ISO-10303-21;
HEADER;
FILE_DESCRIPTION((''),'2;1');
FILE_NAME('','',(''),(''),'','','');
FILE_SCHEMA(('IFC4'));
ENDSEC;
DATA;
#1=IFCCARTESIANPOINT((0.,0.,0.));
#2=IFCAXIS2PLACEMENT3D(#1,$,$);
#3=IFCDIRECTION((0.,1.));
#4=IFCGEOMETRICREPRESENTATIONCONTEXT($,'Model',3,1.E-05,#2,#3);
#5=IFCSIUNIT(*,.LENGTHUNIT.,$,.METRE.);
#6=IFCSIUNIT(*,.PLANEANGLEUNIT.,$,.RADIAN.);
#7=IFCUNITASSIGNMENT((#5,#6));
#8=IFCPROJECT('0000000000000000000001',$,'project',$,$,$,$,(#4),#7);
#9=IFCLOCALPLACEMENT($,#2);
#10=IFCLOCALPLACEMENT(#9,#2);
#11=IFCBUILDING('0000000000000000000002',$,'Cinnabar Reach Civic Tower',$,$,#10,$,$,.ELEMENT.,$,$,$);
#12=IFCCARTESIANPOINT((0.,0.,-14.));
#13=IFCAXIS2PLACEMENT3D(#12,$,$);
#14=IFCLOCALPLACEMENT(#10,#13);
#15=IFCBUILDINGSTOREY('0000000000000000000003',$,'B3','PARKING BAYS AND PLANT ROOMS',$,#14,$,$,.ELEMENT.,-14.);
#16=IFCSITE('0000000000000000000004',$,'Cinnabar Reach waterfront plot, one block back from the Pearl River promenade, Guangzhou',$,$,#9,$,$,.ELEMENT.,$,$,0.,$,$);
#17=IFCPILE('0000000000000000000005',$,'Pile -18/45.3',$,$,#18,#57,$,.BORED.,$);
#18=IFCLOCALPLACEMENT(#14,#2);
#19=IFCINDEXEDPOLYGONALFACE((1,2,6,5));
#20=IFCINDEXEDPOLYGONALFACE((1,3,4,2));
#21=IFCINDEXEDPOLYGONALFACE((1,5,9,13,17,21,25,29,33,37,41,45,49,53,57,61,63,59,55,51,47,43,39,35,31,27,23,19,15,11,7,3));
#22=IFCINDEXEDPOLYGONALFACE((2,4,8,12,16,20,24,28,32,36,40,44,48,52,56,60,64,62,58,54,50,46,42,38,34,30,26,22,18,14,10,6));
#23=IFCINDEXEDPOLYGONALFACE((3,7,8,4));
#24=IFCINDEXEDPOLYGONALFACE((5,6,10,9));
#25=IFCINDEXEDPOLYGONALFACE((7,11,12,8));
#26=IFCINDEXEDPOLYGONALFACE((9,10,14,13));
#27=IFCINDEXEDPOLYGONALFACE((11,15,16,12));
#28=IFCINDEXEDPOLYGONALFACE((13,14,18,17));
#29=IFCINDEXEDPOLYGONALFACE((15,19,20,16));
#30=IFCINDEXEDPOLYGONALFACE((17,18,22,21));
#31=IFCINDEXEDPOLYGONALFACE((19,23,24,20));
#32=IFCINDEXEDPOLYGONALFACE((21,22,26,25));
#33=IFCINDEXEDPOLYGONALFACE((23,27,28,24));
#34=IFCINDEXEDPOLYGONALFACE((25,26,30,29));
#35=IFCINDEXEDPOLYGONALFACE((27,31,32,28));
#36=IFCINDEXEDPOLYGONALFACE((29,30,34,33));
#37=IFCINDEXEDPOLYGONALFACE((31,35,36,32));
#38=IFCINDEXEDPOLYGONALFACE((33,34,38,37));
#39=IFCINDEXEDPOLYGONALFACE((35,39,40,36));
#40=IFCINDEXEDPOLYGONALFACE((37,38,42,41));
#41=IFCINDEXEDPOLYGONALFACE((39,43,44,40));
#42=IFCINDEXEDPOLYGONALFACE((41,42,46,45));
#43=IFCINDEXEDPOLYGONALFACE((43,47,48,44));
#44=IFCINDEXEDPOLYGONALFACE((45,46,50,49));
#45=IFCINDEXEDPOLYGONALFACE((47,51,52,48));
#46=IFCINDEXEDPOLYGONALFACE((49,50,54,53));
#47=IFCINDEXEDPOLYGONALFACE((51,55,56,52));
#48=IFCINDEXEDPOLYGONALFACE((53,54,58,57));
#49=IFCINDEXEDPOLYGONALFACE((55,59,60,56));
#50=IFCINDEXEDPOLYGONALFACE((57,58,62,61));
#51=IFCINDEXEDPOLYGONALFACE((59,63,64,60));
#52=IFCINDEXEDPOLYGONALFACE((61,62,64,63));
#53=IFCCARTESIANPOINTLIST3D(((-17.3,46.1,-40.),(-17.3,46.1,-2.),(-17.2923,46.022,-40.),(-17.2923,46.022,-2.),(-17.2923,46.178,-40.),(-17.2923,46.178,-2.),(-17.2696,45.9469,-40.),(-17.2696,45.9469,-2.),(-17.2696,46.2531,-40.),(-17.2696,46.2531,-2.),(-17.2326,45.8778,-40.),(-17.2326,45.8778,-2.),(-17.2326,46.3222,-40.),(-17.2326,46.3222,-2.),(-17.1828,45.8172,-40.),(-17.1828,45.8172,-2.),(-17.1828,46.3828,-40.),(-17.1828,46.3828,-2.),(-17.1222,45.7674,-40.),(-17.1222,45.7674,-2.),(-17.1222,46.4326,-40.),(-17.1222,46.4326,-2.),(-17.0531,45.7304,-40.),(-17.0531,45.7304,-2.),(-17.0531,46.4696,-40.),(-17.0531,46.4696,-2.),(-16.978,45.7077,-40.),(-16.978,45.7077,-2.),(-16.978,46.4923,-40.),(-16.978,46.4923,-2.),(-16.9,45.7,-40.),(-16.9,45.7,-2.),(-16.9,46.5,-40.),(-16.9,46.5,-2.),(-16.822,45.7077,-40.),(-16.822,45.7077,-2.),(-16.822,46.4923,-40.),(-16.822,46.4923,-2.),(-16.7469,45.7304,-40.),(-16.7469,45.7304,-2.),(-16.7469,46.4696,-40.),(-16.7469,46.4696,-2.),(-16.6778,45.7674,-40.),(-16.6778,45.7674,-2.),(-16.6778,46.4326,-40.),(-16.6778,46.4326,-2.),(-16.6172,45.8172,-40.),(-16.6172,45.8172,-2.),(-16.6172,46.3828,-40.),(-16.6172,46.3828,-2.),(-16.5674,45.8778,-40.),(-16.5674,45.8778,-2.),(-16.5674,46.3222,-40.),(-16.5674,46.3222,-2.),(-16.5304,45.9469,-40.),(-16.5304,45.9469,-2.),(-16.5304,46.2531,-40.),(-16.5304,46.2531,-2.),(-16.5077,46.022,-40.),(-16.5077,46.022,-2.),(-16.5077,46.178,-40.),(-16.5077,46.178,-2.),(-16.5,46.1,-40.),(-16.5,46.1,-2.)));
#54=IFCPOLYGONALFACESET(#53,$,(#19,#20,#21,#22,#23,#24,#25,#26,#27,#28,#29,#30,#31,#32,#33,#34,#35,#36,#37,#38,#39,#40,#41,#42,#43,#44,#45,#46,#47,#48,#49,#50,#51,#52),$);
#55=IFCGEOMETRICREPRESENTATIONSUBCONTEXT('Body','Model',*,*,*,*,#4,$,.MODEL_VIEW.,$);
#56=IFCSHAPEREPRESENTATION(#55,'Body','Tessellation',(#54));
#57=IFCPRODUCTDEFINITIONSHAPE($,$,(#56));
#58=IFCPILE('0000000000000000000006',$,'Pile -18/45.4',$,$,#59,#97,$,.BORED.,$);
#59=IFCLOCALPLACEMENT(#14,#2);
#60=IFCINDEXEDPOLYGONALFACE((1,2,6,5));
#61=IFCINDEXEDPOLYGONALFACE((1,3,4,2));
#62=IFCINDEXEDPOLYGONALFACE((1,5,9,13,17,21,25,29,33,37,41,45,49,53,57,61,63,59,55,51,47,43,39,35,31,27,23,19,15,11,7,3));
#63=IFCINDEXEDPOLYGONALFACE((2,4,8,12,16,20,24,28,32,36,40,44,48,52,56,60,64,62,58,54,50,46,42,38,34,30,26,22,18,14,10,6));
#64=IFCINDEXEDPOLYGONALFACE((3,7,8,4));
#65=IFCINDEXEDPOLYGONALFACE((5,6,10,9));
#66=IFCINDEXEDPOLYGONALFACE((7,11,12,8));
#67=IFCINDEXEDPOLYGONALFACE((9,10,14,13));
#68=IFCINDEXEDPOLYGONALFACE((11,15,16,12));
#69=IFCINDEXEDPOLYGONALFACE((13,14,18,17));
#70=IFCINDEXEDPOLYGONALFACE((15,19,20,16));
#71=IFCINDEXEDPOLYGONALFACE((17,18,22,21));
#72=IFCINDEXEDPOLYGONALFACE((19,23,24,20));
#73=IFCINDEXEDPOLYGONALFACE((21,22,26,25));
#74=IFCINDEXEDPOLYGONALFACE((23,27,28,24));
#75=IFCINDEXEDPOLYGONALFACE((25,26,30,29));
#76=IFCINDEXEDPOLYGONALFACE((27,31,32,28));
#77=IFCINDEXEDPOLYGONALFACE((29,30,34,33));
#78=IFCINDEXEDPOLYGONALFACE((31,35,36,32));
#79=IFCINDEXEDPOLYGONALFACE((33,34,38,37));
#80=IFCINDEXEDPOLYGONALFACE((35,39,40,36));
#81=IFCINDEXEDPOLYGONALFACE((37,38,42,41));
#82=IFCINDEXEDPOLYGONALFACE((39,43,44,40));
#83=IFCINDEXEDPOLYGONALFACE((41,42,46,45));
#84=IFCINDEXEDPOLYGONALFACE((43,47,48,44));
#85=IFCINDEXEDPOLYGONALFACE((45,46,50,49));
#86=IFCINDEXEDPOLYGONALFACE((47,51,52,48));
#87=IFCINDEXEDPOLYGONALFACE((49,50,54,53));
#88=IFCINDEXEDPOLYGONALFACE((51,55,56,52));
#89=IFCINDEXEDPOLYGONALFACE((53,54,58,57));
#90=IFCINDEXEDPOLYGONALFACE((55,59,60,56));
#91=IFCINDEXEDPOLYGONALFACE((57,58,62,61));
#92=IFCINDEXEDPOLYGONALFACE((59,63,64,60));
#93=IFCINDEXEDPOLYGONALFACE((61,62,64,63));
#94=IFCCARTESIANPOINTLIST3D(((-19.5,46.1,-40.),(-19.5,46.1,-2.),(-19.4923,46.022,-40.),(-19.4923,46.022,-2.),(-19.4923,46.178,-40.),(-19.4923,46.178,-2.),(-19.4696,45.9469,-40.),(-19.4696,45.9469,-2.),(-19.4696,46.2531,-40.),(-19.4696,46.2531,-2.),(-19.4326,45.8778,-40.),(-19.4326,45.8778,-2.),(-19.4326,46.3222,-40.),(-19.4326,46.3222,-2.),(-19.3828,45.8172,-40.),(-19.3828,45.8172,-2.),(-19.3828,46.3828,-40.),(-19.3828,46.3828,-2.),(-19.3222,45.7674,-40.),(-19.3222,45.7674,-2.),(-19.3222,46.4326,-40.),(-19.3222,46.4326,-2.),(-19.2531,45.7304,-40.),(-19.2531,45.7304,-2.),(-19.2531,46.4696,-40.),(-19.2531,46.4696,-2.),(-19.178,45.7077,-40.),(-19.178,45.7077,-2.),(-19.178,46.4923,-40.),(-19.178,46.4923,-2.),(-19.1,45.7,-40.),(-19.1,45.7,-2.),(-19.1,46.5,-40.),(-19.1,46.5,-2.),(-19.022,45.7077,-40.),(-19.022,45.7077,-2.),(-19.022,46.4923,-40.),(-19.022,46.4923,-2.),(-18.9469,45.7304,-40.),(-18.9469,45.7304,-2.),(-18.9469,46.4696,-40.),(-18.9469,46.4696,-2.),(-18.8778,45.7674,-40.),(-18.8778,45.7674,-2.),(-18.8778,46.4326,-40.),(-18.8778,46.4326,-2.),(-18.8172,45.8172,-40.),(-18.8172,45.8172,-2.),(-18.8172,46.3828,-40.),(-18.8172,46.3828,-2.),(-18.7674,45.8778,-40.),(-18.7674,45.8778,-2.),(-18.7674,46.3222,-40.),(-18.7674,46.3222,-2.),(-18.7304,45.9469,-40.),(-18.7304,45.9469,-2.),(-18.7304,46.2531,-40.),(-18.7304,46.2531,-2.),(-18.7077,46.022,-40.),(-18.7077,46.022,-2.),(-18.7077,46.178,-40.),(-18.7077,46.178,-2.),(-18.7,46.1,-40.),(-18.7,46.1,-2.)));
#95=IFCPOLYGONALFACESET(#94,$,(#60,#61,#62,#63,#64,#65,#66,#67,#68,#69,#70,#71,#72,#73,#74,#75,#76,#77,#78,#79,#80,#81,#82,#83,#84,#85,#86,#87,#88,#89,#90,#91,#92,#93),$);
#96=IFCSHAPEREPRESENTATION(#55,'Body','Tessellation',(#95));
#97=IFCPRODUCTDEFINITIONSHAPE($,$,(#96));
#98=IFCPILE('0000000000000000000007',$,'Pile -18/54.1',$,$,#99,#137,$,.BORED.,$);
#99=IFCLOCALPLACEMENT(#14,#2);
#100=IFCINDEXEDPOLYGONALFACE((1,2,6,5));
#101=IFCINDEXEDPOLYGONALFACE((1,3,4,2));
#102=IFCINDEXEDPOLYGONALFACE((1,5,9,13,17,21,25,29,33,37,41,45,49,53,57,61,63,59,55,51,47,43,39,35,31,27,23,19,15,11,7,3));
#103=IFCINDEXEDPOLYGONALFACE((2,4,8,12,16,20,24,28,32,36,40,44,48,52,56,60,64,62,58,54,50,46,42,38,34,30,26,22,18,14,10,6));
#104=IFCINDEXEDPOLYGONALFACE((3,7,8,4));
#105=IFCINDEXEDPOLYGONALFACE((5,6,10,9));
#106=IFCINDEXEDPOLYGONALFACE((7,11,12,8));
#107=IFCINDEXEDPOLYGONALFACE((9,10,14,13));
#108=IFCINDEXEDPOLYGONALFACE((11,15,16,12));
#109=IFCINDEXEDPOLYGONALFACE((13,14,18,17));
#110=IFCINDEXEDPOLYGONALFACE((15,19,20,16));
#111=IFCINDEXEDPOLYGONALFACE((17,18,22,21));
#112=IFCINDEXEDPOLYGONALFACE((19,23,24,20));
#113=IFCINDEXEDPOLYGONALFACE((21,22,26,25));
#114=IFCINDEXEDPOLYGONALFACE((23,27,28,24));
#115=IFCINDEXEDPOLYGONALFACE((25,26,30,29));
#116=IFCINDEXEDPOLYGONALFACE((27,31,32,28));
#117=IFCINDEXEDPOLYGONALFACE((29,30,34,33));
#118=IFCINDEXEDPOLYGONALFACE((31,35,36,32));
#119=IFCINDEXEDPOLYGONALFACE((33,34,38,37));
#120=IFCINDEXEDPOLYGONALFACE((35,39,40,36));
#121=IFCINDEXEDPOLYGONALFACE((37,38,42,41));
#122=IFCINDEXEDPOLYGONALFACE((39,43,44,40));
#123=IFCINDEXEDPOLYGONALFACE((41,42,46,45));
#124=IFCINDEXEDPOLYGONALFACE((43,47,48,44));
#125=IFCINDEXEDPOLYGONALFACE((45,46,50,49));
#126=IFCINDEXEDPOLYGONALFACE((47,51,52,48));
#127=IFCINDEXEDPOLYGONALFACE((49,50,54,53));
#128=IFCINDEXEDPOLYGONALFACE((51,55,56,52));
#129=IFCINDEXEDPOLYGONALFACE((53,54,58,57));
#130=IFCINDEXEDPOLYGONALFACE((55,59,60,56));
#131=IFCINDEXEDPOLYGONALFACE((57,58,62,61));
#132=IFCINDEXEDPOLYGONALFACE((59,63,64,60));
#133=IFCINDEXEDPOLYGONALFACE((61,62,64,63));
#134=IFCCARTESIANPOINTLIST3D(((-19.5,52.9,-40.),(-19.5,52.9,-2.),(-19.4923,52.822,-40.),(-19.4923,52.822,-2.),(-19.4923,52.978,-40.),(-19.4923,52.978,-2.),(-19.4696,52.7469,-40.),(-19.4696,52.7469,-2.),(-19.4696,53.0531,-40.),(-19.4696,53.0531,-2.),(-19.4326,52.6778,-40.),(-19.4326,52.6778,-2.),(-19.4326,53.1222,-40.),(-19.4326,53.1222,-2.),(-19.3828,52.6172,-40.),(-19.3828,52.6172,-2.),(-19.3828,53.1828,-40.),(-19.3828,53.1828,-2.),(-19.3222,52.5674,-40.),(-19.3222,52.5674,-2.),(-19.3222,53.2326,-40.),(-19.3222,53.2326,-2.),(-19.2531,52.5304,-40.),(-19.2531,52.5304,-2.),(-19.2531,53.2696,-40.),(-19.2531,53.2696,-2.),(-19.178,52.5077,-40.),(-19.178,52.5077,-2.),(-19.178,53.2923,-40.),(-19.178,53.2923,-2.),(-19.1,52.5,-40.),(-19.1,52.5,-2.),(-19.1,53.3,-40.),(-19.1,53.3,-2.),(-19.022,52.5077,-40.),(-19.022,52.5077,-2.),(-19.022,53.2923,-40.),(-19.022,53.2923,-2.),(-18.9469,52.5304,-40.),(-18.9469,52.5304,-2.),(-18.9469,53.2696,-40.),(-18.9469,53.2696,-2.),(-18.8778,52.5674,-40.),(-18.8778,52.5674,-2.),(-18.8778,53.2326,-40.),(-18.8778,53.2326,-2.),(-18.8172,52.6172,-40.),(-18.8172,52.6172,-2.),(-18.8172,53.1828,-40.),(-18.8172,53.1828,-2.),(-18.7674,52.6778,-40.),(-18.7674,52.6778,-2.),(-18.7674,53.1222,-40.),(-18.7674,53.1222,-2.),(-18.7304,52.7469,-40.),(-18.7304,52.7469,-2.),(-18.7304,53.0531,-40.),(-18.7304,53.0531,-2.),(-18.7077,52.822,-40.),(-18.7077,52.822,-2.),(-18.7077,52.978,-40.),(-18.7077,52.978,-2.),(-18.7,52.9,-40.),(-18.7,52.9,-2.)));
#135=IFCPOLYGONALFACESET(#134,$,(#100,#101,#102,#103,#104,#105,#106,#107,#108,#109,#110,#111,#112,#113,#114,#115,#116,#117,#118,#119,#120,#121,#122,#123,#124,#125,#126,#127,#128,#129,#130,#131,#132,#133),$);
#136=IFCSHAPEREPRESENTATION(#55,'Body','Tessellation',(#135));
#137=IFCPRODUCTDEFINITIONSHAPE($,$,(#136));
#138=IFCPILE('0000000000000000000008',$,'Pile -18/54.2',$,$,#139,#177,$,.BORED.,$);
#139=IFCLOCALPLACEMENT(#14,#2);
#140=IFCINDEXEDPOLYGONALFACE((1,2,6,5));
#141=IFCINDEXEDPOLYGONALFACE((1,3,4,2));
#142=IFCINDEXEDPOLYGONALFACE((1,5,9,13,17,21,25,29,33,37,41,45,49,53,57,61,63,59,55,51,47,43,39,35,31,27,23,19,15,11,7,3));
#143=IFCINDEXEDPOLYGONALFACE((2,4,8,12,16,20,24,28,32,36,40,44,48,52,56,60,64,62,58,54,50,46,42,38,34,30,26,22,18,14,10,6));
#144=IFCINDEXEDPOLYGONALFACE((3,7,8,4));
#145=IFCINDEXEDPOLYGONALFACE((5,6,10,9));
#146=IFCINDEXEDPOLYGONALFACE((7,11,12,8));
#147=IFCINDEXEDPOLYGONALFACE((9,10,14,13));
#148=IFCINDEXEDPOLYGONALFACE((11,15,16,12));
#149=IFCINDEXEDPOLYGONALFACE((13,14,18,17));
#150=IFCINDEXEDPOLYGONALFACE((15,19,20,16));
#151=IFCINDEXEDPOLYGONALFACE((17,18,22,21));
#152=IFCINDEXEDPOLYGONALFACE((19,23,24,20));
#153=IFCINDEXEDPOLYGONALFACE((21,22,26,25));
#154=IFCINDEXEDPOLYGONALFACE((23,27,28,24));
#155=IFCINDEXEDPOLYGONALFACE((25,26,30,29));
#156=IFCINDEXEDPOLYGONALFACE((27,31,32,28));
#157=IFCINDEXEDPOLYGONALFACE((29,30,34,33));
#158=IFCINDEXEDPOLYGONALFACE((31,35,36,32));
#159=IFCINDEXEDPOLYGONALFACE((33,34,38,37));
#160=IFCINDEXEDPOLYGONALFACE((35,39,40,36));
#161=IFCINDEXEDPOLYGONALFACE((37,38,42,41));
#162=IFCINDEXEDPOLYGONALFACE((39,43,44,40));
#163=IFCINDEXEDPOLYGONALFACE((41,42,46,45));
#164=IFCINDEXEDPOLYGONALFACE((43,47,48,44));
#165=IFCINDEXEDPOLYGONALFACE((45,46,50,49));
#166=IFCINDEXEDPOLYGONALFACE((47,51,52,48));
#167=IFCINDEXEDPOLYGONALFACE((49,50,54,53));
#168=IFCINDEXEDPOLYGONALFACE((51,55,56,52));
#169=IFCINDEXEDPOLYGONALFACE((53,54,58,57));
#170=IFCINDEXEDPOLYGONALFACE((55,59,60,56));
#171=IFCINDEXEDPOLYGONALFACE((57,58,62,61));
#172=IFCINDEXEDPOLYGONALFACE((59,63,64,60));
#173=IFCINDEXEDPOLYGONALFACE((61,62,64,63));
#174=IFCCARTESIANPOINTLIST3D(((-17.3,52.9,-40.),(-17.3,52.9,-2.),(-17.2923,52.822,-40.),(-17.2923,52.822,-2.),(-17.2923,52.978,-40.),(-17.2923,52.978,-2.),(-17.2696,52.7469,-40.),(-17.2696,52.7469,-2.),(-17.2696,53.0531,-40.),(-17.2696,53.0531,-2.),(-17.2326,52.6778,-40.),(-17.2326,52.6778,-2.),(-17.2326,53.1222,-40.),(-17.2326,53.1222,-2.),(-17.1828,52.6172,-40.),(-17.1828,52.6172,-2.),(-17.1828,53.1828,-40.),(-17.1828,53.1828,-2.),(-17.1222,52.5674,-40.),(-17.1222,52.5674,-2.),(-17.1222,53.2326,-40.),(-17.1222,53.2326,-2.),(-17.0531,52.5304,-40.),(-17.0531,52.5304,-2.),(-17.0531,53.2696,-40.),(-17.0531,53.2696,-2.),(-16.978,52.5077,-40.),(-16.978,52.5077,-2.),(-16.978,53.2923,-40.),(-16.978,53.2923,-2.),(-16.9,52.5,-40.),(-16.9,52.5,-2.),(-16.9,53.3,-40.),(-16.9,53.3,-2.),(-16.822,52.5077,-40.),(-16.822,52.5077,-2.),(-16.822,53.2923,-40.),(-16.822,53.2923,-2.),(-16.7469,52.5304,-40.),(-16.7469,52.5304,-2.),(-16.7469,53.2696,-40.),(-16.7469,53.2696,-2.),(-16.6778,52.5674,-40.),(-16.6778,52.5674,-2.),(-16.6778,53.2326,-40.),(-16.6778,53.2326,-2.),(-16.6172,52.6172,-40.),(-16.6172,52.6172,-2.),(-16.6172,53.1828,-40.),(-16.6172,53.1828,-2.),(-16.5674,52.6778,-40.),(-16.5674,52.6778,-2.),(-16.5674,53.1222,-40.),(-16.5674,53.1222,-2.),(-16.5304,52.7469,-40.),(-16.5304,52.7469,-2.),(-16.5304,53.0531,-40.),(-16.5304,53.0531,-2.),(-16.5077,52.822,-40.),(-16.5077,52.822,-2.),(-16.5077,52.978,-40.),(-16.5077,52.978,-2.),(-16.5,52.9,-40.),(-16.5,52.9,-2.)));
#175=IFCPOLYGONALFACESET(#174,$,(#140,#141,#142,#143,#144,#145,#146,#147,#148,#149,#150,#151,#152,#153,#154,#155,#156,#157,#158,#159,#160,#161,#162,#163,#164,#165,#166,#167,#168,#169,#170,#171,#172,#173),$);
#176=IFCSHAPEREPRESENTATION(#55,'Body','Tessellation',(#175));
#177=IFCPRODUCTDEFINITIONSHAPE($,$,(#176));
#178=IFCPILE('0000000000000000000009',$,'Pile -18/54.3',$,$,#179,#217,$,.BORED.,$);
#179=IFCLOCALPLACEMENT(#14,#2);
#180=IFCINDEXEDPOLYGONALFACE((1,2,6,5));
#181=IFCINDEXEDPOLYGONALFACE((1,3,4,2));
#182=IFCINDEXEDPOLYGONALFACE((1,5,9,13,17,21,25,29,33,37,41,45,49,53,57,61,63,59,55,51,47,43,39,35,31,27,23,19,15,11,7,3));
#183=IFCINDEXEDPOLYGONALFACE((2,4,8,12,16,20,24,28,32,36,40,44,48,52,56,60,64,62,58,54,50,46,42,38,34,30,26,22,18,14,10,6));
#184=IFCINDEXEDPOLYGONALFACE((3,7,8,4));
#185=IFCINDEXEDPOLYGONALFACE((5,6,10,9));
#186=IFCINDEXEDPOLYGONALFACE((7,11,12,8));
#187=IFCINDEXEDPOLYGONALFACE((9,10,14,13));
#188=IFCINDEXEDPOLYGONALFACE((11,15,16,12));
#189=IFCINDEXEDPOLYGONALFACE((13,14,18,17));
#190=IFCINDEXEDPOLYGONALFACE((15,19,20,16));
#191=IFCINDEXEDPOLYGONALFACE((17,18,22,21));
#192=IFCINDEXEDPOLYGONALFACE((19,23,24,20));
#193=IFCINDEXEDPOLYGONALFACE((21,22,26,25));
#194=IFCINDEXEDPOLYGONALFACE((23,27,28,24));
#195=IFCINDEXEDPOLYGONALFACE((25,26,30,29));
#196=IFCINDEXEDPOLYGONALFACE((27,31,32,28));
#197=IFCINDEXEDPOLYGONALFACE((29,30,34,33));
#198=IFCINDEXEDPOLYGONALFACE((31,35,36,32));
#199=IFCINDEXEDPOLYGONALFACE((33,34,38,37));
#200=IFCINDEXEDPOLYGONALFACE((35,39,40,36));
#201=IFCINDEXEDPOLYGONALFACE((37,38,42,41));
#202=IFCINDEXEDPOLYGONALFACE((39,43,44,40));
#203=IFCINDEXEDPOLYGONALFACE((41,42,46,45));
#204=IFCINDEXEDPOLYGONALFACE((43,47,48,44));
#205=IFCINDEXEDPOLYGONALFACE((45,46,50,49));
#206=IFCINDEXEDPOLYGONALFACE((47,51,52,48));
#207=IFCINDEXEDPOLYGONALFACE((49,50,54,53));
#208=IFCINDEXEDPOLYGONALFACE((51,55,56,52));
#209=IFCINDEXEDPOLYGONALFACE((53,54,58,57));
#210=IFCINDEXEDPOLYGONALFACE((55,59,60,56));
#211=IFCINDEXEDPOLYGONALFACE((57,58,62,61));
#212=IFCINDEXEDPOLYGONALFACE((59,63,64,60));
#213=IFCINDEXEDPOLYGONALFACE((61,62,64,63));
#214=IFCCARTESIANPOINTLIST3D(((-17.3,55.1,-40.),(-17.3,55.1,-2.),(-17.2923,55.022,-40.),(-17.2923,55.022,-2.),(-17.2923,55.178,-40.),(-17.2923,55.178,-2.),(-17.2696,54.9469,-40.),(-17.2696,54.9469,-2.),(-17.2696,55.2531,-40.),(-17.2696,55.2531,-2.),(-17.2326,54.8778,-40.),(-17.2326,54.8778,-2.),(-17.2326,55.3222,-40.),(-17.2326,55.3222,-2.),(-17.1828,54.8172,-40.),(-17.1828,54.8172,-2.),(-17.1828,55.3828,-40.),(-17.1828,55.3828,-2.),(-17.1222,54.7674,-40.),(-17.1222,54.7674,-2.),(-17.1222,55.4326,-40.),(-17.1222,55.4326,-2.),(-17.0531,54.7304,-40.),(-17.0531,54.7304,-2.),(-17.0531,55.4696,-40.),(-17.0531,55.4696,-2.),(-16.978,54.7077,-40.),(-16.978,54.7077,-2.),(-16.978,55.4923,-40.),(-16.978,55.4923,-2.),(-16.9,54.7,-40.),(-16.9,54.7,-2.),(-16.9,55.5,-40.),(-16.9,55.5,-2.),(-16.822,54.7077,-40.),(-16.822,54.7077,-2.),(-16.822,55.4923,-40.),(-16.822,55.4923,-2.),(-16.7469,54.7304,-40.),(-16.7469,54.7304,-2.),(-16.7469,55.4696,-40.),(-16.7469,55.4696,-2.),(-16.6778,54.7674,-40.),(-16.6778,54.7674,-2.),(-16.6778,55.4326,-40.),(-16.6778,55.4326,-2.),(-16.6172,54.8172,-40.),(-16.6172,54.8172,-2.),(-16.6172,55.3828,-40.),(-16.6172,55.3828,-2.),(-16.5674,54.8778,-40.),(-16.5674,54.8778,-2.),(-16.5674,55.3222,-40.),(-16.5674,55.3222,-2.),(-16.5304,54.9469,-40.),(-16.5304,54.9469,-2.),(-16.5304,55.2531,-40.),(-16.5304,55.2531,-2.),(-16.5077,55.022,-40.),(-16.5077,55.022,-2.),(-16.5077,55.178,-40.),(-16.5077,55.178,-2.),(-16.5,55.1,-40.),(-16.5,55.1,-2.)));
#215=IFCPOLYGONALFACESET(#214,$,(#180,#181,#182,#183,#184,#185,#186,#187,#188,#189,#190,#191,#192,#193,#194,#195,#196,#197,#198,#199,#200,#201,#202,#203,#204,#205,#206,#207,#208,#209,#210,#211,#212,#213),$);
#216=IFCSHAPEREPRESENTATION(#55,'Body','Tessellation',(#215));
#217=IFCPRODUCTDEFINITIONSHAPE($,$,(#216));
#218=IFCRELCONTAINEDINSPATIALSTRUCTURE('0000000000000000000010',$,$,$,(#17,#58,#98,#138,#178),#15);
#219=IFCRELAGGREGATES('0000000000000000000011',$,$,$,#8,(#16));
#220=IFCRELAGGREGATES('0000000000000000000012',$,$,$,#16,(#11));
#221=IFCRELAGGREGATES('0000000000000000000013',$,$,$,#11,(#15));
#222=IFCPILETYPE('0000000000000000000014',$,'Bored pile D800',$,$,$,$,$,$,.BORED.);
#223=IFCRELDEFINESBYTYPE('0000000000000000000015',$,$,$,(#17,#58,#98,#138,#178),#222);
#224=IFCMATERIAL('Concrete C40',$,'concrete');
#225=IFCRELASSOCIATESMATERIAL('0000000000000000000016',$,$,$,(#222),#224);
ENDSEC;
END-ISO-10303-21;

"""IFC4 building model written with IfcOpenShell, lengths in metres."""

from ifc_helpers import new_model, si_unit, direction, frame, origin, origin_2d, place, context, subcontext, project, spatial, circle, extrude, material, type_object, element, save


model = new_model("IFC4")

# Units and contexts
model_context = context("Model", 3, precision=1e-05, world=origin(), true_north=direction((0.0, 1.0)))
body_context = subcontext(model_context, "Body", "Model", "MODEL_VIEW")
ifc_project = project(units=[si_unit("LENGTHUNIT", "METRE"), si_unit("PLANEANGLEUNIT", "RADIAN")], contexts=[model_context])

# Site, building, storey
site_placement = place(None, origin())
site = spatial("IfcSite", under=ifc_project, at=site_placement, Name="Cinnabar Reach waterfront plot, one block back from the Pearl River promenade, Guangzhou", CompositionType="ELEMENT", RefElevation=0.0)
building_placement = place(site_placement, origin())
building = spatial("IfcBuilding", under=site, at=building_placement, Name="Cinnabar Reach Civic Tower", CompositionType="ELEMENT")
storey_placement = place(building_placement, frame((0.0, 0.0, -14.0)))
storey = spatial("IfcBuildingStorey", under=building, at=storey_placement, Name="B3", Description="PARKING BAYS AND PLANT ROOMS", CompositionType="ELEMENT", Elevation=-14.0)

# Piles
ifc_material_1 = material(Name="Concrete C40", Category="concrete")
pile_type = type_object("IfcPileType", Name="Bored pile D800", PredefinedType="BORED", material=ifc_material_1)
for number, where, z_axis, x_axis, name in (
    (1, (-16.9, 46.1, -2.0), (0.0, 0.0, -1.0), (1.0, 0.0, 0.0), "Pile -18/45.3"),
    (2, (-19.1, 46.1, -2.0), (0.0, 0.0, -1.0), (1.0, 0.0, 0.0), "Pile -18/45.4"),
    (3, (-19.1, 52.9, -2.0), (0.0, 0.0, -1.0), (1.0, 0.0, 0.0), "Pile -18/54.1"),
    (4, (-16.9, 52.9, -2.0), (0.0, 0.0, -1.0), (1.0, 0.0, 0.0), "Pile -18/54.2"),
    (5, (-16.9, 55.1, -2.0), (0.0, 0.0, -1.0), (1.0, 0.0, 0.0), "Pile -18/54.3"),
):
    element("IfcPile", number, at=place(storey_placement, frame(where, z_axis=z_axis, x_axis=x_axis)), inside=storey, type_object=pile_type, Name=name, PredefinedType="BORED", context=body_context, shape_type="SweptSolid", body=[
        extrude(circle(Radius=0.4, at=origin_2d()), origin(), (0.0, 0.0, 1.0), 38.0),
    ])

save(model, "model.ifc")
